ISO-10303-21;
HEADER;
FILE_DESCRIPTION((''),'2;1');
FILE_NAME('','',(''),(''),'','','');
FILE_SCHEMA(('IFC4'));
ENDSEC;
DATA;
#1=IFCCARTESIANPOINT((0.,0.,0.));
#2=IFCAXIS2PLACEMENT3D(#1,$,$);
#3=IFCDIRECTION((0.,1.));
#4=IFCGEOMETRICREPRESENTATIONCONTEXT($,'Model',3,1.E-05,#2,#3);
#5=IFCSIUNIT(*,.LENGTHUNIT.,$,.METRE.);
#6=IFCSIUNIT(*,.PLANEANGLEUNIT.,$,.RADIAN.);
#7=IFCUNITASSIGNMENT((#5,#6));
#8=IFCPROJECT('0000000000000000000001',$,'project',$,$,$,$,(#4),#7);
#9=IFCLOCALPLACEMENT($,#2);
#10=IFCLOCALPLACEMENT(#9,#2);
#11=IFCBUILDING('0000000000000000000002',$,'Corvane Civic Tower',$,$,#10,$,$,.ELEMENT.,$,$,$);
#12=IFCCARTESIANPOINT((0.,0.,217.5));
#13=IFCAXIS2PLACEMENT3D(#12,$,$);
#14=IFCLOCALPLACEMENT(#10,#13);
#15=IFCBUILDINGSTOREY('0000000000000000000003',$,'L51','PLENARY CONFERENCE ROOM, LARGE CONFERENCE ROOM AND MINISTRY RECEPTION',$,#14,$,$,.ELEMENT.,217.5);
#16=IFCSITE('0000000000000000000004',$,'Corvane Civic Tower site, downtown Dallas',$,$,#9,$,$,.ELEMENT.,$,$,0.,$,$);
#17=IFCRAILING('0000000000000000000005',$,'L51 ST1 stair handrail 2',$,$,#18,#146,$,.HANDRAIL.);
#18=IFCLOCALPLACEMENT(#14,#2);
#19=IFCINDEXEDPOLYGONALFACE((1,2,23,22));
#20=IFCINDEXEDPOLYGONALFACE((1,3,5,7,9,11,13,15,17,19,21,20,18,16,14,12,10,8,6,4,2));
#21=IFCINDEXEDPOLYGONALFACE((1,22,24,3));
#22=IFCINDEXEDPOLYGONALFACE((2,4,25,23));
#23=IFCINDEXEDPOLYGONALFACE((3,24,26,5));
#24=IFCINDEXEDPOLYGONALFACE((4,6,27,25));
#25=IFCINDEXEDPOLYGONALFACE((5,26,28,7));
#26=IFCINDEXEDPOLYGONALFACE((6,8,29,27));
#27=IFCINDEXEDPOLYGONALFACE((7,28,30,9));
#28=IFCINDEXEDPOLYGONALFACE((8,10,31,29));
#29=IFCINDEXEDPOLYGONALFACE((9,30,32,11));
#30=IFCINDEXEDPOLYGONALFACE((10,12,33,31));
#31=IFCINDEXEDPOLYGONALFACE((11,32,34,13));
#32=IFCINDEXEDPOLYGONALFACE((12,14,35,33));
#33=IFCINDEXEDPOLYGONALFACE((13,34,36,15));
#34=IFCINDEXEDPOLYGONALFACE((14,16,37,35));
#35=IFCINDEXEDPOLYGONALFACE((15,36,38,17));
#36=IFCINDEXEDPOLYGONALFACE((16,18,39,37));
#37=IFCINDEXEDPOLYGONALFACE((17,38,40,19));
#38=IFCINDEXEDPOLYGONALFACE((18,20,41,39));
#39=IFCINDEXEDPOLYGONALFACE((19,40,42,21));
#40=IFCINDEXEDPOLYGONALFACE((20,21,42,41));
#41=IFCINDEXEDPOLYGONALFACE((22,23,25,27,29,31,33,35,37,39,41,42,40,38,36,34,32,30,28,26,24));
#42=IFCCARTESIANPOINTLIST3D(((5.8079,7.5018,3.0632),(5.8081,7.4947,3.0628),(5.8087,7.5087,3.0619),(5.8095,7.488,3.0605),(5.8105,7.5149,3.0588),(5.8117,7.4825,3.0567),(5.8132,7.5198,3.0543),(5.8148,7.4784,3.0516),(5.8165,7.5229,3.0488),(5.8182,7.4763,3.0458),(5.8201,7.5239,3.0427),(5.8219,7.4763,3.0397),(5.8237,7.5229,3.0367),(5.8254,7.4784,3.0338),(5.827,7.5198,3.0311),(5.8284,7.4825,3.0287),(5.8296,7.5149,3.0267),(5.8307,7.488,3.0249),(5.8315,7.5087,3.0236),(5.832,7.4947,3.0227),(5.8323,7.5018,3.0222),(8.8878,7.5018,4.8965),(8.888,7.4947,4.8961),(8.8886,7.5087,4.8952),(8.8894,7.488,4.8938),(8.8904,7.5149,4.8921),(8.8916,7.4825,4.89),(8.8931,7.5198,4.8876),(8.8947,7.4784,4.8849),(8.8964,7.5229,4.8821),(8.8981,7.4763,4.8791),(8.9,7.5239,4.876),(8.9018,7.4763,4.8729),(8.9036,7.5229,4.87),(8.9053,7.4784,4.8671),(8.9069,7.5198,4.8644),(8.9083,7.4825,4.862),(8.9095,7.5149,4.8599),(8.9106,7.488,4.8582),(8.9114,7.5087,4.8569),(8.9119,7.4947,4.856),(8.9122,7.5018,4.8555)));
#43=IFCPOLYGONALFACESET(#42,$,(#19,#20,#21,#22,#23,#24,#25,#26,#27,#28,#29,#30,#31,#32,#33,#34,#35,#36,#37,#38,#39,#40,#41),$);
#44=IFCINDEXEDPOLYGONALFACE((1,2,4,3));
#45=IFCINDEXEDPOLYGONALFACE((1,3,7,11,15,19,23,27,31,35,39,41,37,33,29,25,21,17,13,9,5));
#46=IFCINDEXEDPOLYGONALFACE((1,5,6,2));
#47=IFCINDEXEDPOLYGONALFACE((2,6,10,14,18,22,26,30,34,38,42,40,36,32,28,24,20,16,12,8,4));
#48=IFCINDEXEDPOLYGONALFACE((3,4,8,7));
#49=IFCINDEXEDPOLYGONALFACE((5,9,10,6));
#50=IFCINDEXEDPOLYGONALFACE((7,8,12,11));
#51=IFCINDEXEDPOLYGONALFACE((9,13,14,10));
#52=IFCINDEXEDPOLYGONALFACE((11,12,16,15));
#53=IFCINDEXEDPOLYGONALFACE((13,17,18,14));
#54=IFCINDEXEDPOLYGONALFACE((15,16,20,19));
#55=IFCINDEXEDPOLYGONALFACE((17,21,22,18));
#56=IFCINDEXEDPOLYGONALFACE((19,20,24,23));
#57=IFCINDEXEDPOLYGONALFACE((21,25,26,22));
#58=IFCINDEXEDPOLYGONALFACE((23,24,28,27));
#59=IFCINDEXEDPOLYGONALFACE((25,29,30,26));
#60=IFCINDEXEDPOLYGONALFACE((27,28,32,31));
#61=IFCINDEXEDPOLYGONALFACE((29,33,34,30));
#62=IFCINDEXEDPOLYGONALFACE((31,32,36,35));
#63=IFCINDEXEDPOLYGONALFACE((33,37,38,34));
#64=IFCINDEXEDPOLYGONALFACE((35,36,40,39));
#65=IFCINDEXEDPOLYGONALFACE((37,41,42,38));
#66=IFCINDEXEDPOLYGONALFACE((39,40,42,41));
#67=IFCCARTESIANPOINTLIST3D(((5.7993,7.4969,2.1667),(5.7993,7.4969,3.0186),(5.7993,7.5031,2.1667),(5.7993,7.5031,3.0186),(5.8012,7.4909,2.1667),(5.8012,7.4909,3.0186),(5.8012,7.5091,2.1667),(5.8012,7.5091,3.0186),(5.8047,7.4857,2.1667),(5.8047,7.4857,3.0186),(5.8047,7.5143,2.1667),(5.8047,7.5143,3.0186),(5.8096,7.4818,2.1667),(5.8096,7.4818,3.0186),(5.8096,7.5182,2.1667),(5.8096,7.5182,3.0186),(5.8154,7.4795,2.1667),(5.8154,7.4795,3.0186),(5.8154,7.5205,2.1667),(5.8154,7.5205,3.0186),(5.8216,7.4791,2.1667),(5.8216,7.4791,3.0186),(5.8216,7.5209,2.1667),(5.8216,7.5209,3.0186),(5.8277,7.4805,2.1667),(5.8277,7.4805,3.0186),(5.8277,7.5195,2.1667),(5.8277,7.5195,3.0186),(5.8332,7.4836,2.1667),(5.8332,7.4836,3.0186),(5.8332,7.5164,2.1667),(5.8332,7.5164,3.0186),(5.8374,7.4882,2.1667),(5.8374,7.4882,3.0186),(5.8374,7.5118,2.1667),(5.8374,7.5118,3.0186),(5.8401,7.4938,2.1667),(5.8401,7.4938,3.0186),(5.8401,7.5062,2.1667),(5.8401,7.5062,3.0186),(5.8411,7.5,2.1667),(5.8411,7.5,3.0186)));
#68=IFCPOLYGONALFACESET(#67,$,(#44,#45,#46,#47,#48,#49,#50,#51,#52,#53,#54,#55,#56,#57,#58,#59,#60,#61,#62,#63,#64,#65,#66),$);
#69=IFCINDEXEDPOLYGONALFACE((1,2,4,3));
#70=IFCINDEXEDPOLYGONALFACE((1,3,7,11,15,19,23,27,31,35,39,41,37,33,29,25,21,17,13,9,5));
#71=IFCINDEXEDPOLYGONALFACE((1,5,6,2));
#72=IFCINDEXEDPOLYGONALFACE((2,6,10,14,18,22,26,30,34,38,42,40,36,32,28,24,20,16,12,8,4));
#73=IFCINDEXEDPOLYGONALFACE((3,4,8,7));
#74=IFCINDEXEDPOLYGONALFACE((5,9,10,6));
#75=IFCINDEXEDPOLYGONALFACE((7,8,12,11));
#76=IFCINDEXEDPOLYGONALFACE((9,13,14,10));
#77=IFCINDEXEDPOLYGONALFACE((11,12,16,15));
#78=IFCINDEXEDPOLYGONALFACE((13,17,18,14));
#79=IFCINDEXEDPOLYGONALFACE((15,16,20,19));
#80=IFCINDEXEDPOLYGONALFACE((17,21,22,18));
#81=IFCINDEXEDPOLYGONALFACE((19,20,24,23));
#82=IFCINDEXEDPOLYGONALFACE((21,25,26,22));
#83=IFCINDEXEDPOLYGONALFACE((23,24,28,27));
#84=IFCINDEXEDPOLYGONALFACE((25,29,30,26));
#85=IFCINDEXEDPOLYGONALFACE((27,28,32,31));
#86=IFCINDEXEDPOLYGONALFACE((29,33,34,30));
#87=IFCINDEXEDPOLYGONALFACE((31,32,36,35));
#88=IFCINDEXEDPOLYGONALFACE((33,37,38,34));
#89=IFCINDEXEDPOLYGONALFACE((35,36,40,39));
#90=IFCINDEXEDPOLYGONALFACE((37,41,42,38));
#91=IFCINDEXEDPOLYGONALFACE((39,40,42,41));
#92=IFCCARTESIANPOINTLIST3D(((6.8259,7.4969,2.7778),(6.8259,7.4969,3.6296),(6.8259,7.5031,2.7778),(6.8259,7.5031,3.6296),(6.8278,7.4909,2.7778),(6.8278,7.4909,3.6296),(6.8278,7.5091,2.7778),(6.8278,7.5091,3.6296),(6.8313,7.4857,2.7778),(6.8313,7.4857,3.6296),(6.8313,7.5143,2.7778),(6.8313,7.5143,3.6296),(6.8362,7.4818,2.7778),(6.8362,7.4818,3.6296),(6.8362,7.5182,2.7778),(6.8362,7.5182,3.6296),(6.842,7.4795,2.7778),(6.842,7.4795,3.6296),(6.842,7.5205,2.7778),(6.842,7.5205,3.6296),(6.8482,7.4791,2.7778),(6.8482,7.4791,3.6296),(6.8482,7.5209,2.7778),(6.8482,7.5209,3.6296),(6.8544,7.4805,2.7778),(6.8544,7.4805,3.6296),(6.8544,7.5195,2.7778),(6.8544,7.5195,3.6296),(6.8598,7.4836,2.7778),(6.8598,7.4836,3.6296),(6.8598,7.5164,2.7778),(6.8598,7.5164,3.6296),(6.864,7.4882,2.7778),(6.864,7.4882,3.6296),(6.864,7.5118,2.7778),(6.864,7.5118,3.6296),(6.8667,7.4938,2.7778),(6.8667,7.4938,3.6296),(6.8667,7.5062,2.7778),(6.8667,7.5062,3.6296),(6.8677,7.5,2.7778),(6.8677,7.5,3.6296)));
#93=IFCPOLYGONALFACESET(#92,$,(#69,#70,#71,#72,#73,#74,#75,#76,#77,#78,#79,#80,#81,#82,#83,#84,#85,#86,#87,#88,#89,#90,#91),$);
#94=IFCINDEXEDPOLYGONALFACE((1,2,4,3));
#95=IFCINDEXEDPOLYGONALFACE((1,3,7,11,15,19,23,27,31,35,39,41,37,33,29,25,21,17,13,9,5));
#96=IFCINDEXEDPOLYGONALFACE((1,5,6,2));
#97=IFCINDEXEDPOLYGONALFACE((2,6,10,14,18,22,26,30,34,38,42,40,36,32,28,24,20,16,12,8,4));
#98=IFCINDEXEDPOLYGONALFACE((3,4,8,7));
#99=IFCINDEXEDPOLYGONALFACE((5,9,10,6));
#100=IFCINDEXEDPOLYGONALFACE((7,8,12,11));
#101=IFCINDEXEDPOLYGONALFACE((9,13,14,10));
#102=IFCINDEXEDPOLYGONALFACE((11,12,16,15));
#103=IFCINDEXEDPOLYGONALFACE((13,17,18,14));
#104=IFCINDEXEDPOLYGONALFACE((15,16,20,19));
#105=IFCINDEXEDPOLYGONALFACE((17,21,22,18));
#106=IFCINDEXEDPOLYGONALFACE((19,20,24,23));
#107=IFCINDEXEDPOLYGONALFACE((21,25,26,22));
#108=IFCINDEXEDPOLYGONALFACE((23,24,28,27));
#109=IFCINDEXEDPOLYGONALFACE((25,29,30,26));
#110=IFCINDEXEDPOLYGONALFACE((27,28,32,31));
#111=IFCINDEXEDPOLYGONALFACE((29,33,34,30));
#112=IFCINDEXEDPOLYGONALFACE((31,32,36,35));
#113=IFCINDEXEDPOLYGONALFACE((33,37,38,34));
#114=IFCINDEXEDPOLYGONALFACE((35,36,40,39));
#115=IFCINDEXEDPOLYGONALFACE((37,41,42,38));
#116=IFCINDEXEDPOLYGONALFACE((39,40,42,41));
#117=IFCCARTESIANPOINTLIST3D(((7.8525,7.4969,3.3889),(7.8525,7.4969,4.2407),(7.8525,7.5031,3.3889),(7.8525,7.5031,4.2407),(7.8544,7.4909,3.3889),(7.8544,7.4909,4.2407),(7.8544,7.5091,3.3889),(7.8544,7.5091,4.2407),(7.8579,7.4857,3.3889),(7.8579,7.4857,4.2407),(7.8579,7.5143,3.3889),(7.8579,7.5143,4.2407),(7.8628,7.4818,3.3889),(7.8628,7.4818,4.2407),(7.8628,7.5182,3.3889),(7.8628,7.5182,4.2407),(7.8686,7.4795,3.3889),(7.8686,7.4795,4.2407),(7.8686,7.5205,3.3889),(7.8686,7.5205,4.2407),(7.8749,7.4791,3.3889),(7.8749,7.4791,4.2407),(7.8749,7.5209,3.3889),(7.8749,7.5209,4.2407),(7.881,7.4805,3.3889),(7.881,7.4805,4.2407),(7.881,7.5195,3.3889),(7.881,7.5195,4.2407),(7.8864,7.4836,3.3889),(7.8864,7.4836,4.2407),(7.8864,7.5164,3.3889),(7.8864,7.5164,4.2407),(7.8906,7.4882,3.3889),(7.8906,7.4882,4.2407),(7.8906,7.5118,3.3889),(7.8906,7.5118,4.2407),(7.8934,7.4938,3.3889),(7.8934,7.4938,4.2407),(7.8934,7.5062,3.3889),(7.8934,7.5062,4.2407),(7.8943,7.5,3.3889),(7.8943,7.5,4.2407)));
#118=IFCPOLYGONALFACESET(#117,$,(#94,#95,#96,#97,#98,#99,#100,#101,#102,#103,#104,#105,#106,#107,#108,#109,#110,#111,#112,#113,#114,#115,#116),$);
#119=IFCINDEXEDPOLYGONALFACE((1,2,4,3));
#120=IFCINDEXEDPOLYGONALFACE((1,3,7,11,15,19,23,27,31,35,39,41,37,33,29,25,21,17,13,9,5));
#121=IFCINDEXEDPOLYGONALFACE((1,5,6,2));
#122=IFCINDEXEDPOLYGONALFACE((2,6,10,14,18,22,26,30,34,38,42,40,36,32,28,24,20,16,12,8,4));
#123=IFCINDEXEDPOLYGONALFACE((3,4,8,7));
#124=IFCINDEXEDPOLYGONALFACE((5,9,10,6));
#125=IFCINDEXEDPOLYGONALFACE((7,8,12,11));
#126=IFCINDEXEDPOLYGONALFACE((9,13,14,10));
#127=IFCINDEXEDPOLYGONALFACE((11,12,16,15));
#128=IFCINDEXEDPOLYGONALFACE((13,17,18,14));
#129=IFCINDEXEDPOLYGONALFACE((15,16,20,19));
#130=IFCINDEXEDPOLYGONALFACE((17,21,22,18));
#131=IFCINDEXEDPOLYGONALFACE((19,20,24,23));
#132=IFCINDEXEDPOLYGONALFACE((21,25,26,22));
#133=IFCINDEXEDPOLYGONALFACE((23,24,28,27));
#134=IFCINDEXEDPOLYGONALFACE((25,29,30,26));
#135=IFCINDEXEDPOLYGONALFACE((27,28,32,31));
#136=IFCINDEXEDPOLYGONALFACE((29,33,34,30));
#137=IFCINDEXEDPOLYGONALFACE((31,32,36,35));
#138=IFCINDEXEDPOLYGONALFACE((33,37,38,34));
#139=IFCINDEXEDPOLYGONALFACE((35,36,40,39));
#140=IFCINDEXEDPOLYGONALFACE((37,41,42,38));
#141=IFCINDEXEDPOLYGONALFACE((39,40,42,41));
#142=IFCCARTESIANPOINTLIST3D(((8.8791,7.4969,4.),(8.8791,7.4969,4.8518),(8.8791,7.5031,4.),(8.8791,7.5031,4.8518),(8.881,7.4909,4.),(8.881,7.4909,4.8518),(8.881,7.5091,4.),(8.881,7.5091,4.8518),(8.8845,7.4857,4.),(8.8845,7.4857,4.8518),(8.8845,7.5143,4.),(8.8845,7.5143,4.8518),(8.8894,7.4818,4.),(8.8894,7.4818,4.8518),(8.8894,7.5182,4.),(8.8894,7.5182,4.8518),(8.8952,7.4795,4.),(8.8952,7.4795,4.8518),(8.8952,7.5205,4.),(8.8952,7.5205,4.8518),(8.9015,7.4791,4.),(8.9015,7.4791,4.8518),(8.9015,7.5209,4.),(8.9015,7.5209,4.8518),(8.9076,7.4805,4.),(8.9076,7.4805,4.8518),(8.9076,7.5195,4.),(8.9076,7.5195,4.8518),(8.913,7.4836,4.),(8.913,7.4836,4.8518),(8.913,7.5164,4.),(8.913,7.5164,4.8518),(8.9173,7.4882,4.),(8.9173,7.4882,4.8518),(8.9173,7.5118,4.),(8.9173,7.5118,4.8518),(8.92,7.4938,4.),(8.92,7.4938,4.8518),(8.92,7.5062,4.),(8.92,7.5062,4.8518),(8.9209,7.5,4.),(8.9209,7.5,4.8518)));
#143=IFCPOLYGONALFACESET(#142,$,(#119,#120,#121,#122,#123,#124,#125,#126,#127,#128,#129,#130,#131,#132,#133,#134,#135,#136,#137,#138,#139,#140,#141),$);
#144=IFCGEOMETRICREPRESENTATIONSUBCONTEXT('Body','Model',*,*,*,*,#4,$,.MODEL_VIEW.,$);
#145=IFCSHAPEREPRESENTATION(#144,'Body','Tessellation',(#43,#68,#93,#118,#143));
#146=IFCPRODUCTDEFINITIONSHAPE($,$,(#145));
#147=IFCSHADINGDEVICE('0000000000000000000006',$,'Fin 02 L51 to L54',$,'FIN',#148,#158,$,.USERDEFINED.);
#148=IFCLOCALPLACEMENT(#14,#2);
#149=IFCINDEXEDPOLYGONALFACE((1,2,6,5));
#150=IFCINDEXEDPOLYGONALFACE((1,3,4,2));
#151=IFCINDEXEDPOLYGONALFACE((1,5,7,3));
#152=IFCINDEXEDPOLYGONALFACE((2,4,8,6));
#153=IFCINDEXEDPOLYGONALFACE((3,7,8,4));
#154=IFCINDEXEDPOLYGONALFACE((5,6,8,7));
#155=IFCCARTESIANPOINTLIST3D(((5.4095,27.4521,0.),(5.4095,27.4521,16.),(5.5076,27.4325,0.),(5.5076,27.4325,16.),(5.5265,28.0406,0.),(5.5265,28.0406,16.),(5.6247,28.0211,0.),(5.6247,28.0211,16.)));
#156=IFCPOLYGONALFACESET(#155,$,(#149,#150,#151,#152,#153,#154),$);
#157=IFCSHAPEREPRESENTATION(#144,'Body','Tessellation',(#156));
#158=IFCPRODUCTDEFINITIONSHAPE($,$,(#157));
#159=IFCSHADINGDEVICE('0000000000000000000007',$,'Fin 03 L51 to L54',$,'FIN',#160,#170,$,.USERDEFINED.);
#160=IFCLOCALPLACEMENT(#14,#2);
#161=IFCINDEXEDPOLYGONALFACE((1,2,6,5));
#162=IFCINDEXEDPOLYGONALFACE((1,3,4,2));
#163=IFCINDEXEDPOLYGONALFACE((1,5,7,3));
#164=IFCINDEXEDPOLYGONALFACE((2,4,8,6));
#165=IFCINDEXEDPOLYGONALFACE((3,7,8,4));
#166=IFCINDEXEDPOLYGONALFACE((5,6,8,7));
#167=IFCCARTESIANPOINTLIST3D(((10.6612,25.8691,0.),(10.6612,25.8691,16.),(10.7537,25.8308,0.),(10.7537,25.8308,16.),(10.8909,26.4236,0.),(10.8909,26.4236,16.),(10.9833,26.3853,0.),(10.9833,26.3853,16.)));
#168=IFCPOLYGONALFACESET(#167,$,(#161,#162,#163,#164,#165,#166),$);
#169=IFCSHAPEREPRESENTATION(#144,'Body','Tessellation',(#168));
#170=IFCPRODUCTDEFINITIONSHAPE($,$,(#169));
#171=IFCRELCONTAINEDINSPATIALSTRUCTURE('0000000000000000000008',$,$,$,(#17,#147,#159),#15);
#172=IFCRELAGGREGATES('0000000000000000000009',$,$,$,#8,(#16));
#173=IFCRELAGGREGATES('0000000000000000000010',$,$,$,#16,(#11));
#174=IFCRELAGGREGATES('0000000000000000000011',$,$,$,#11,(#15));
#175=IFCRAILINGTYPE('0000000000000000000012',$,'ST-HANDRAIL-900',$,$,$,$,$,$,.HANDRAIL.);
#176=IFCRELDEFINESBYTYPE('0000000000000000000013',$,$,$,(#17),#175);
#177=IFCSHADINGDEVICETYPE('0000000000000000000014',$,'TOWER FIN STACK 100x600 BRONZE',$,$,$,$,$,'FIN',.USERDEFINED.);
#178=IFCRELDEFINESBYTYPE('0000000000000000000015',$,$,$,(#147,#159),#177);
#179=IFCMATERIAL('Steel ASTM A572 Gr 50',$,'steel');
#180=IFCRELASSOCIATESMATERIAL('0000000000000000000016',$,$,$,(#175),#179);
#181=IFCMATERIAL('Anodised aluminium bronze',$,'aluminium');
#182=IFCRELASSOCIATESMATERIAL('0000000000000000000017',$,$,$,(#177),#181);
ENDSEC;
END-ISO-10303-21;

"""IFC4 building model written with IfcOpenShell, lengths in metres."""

from ifc_helpers import new_model, si_unit, direction, frame, origin, origin_2d, place, context, subcontext, project, spatial, rectangle, circle, extrude, material, material_profile, profile_set, type_object, element, save


model = new_model("IFC4")

# Units and contexts
model_context = context("Model", 3, precision=1e-05, world=origin(), true_north=direction((0.0, 1.0)))
body_context = subcontext(model_context, "Body", "Model", "MODEL_VIEW")
ifc_project = project(units=[si_unit("LENGTHUNIT", "METRE"), si_unit("PLANEANGLEUNIT", "RADIAN")], contexts=[model_context])

# Site, building, storey
site_placement = place(None, origin())
site = spatial("IfcSite", under=ifc_project, at=site_placement, Name="Corvane Civic Tower site, downtown Dallas", CompositionType="ELEMENT", RefElevation=0.0)
building_placement = place(site_placement, origin())
building = spatial("IfcBuilding", under=site, at=building_placement, Name="Corvane Civic Tower", CompositionType="ELEMENT")
storey_placement = place(building_placement, frame((0.0, 0.0, 217.5)))
storey = spatial("IfcBuildingStorey", under=building, at=storey_placement, Name="L51", Description="PLENARY CONFERENCE ROOM, LARGE CONFERENCE ROOM AND MINISTRY RECEPTION", CompositionType="ELEMENT", Elevation=217.5)

# Railing
ifc_material_1 = material(Name="Steel ASTM A572 Gr 50", Category="steel")
railing_type_1 = type_object("IfcRailingType", Name="ST-HANDRAIL-900", PredefinedType="HANDRAIL", material=ifc_material_1)
railing_1_placement = place(storey_placement, frame((5.8201, 7.5, 2.1667)))
element("IfcRailing", 1, at=railing_1_placement, inside=storey, type_object=railing_type_1, Name="L51 ST1 stair handrail 2", PredefinedType="HANDRAIL", context=body_context, shape_type="SweptSolid", body=[
    extrude(circle(Radius=0.0239, at=origin_2d()), frame((0.0, 0.0, 0.876), z_axis=(0.859291, 0.0, 0.511487), x_axis=(0.0, 1.0, 0.0)), (0.0, 0.0, 1.0), 3.5842),
    extrude(circle(Radius=0.021, at=origin_2d()), origin(), (0.0, 0.0, 1.0), 0.8518),
    extrude(circle(Radius=0.021, at=origin_2d()), frame((1.0266, 0.0, 0.6111)), (0.0, 0.0, 1.0), 0.8518),
    extrude(circle(Radius=0.021, at=origin_2d()), frame((2.0532, 0.0, 1.2222)), (0.0, 0.0, 1.0), 0.8518),
    extrude(circle(Radius=0.021, at=origin_2d()), frame((3.0798, 0.0, 1.8333)), (0.0, 0.0, 1.0), 0.8518),
])

# Shading devices
ifc_material_2 = material(Name="Anodised aluminium bronze", Category="aluminium")
ifc_material_profile_1 = material_profile(ifc_material_2, rectangle(XDim=0.1001, YDim=0.6001, at=origin_2d()), Name="TOWER FIN STACK 100x600 BRONZE")
ifc_profile_set_1 = profile_set([ifc_material_profile_1], Name="Anodised aluminium bronze")
shading_device_type = type_object("IfcShadingDeviceType", Name="TOWER FIN STACK 100x600 BRONZE", ElementType="FIN", PredefinedType="USERDEFINED", material=ifc_profile_set_1)
for number, where, z_axis, x_axis, name in (
    (2, (5.5171, 27.7366, 0.0), (0.0, 0.0, 1.0), (0.980785, -0.19509, 0.0), "Fin 02 L51 to L54"),
    (3, (10.8223, 26.1272, 0.0), (0.0, 0.0, 1.0), (0.92388, -0.382683, 0.0), "Fin 03 L51 to L54"),
):
    element("IfcShadingDevice", number, at=place(storey_placement, frame(where, z_axis=z_axis, x_axis=x_axis)), inside=storey, type_object=shading_device_type, Name=name, ObjectType="FIN", PredefinedType="USERDEFINED", context=body_context, shape_type="SweptSolid", body=[
        extrude(rectangle(XDim=0.1001, YDim=0.6001, at=origin_2d()), origin(), (0.0, 0.0, 1.0), 16.0),
    ])

save(model, "model.ifc")
